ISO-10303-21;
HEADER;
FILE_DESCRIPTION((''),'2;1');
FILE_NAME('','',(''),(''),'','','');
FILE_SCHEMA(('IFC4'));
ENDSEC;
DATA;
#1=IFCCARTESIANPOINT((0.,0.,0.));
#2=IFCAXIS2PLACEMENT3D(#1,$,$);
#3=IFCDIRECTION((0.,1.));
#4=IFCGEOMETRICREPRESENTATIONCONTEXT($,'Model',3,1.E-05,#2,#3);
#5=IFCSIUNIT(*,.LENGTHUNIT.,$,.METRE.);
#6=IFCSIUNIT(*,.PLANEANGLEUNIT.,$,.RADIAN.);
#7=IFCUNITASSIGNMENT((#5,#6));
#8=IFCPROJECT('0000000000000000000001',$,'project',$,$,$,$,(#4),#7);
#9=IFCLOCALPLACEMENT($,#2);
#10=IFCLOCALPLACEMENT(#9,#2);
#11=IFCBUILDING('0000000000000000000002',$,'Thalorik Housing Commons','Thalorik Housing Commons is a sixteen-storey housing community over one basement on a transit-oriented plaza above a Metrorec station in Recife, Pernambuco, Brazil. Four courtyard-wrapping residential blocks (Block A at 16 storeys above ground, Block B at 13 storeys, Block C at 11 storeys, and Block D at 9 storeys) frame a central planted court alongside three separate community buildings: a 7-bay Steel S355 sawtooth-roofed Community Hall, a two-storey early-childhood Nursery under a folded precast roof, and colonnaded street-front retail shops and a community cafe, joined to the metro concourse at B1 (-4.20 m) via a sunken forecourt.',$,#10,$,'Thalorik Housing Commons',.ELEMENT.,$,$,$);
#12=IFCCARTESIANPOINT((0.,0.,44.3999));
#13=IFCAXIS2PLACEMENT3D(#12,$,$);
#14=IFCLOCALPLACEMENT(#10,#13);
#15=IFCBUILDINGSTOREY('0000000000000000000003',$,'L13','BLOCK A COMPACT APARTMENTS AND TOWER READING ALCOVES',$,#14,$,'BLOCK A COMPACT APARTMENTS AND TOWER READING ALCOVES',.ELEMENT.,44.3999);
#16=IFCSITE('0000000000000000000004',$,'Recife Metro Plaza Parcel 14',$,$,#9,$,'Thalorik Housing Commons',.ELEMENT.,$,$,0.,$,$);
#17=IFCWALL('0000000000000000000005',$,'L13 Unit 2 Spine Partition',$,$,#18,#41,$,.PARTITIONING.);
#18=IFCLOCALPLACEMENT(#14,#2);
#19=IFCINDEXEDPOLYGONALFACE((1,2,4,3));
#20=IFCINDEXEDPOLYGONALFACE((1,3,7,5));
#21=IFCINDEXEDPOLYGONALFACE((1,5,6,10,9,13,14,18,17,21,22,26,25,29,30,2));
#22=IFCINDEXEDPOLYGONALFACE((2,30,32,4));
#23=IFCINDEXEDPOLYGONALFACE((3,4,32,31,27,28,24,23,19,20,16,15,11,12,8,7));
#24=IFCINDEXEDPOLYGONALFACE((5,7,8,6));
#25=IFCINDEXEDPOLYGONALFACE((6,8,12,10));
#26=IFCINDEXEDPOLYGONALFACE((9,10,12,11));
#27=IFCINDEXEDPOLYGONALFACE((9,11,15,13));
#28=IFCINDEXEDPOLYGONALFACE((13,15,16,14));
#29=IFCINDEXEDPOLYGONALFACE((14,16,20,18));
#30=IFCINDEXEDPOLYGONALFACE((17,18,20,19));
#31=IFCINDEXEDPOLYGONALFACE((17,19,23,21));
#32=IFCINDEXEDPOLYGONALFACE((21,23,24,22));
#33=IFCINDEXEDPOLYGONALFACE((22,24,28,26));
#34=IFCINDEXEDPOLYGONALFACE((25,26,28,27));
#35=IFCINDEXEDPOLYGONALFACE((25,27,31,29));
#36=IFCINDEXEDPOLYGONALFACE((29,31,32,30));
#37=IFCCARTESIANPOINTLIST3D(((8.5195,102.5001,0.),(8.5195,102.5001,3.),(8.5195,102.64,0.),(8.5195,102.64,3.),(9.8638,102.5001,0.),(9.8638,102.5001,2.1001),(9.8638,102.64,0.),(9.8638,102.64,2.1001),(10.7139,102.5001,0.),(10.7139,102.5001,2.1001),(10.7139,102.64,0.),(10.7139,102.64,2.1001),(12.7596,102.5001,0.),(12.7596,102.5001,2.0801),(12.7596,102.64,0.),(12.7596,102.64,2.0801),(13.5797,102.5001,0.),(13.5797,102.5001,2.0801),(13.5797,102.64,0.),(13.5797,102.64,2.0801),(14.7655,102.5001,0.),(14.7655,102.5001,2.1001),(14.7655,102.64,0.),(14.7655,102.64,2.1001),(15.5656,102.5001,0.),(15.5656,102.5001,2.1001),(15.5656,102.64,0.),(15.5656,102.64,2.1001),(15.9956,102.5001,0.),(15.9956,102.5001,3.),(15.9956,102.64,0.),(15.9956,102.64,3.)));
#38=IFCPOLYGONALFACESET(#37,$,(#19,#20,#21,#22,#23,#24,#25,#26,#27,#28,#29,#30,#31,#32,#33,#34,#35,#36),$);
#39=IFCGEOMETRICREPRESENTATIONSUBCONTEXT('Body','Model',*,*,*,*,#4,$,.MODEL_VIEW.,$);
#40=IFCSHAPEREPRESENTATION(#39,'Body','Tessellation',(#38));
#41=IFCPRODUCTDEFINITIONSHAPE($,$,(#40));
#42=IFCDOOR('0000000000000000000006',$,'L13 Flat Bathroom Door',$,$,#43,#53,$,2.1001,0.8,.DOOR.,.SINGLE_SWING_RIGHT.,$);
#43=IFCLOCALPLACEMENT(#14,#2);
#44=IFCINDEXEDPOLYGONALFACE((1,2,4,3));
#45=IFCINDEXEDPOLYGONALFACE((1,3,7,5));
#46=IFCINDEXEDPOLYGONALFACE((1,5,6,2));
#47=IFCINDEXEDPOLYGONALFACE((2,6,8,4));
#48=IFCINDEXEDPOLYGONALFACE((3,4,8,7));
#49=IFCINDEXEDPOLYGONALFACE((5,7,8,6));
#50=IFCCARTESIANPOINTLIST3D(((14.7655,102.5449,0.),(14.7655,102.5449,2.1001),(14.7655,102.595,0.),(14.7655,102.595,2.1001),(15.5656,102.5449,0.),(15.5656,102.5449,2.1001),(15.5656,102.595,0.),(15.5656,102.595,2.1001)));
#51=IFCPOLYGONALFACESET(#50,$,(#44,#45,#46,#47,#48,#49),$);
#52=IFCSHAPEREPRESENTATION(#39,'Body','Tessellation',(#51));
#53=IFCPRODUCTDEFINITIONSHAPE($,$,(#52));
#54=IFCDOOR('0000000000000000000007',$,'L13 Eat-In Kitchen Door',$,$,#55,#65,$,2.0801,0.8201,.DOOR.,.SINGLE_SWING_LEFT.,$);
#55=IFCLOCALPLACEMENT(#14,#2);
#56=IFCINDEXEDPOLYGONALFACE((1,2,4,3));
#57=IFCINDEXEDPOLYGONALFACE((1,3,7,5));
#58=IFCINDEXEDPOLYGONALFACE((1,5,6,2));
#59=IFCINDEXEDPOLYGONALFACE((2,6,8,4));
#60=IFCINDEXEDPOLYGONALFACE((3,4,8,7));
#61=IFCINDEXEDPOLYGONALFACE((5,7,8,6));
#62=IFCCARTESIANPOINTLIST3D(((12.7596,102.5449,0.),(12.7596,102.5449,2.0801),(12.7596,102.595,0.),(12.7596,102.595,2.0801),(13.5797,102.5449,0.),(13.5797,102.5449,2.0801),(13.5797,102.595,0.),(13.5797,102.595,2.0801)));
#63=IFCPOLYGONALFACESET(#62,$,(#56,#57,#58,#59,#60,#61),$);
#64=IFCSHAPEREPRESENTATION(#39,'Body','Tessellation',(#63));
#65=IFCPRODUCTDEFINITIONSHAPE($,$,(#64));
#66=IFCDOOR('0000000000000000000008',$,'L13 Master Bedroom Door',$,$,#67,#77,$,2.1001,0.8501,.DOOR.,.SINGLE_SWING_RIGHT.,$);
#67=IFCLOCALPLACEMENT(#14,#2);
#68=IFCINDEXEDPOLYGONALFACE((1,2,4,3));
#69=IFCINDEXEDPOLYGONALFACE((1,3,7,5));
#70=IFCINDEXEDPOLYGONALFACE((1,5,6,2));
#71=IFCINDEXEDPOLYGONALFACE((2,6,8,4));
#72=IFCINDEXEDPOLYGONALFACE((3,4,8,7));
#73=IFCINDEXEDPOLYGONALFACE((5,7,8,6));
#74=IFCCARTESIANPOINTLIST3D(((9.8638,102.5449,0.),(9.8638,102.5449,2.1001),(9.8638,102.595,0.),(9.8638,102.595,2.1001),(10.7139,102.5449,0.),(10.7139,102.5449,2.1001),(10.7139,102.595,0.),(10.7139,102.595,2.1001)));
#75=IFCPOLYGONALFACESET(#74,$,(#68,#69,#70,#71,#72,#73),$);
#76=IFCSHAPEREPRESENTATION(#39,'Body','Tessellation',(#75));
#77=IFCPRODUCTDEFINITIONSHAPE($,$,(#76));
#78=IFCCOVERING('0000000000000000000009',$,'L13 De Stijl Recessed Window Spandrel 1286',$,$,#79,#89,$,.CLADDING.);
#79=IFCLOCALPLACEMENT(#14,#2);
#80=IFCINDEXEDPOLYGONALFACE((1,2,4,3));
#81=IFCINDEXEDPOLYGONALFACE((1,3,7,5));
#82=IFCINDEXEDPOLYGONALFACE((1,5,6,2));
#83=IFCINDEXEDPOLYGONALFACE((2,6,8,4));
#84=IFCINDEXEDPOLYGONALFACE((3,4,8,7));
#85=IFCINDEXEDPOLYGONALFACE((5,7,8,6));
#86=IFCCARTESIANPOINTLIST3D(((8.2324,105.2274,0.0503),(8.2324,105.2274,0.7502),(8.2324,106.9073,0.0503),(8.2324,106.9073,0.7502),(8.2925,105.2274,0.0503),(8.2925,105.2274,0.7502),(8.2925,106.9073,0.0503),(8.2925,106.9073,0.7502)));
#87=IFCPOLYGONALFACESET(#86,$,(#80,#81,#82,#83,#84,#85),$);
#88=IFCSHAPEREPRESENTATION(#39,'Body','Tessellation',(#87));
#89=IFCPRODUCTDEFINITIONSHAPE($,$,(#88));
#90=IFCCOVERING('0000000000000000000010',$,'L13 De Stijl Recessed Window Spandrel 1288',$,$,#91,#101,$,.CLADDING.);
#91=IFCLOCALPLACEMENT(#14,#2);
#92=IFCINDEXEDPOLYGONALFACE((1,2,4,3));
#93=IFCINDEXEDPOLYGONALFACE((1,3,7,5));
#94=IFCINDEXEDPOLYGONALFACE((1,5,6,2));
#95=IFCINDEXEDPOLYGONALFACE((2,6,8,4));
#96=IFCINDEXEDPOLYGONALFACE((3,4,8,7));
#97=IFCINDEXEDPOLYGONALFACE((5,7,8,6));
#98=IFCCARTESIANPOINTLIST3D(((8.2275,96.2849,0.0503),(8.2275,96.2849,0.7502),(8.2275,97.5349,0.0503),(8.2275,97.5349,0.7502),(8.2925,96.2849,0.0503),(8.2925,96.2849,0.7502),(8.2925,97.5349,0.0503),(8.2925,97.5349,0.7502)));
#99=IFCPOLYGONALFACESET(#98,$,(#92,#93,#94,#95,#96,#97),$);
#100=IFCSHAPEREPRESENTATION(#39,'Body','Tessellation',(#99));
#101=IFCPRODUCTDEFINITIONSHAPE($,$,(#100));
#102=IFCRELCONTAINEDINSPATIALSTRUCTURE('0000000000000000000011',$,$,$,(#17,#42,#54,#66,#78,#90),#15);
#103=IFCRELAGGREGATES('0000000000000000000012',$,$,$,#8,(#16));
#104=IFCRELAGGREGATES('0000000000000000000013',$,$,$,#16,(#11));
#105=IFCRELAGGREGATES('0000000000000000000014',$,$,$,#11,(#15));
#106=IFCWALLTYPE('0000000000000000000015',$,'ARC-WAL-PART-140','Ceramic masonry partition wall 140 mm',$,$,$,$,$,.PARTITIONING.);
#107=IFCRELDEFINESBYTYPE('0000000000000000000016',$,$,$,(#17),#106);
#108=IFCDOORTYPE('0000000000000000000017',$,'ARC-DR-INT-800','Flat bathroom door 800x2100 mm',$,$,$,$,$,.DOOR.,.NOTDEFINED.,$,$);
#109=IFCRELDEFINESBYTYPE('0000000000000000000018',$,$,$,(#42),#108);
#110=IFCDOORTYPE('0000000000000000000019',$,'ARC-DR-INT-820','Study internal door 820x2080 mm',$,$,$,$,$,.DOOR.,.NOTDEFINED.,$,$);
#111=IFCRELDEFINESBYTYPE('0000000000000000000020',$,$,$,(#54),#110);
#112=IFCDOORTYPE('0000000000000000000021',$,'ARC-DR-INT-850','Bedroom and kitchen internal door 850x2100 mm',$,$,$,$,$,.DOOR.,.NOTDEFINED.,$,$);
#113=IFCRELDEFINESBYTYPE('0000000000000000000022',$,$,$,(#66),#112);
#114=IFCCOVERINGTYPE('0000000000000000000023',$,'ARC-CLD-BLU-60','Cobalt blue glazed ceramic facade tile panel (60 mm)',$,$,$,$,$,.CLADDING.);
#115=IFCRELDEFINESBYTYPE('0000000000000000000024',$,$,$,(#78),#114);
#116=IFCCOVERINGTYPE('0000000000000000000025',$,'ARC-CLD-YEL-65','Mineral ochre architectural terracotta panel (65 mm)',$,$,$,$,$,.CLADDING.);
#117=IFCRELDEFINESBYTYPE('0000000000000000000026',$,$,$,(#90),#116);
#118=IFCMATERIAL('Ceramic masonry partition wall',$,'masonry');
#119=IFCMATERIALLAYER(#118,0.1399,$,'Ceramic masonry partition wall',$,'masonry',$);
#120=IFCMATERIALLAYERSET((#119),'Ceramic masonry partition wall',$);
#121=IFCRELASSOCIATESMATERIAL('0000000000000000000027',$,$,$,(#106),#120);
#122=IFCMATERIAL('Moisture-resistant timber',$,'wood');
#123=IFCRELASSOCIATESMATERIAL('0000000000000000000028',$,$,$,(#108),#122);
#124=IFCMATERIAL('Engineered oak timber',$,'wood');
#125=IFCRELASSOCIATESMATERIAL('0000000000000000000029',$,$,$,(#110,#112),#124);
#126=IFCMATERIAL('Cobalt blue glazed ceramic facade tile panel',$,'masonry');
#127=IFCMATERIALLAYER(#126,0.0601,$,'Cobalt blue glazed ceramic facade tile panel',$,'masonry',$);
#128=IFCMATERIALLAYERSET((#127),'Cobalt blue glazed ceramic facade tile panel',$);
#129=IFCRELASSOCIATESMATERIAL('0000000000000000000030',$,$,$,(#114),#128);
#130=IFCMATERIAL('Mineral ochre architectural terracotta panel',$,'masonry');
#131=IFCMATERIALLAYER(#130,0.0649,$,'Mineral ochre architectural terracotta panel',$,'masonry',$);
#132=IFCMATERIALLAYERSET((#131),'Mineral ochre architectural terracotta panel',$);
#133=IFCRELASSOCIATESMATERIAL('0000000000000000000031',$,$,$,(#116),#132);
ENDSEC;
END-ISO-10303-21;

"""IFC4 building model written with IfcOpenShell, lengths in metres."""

from ifc_helpers import new_model, si_unit, direction, frame, frame_2d, origin, origin_2d, place, context, subcontext, project, spatial, rectangle, extrude, material, layer, layer_set, type_object, element, fill, save


model = new_model("IFC4")

# Units and contexts
model_context = context("Model", 3, precision=1e-05, world=origin(), true_north=direction((0.0, 1.0)))
body_context = subcontext(model_context, "Body", "Model", "MODEL_VIEW")
ifc_project = project(units=[si_unit("LENGTHUNIT", "METRE"), si_unit("PLANEANGLEUNIT", "RADIAN")], contexts=[model_context])

# Site, building, storey
site_placement = place(None, origin())
site = spatial("IfcSite", under=ifc_project, at=site_placement, Name="Recife Metro Plaza Parcel 14", LongName="Thalorik Housing Commons", CompositionType="ELEMENT", RefElevation=0.0)
building_placement = place(site_placement, origin())
building = spatial("IfcBuilding", under=site, at=building_placement, Name="Thalorik Housing Commons", Description="Thalorik Housing Commons is a sixteen-storey housing community over one basement on a transit-oriented plaza above a Metrorec station in Recife, Pernambuco, Brazil. Four courtyard-wrapping residential blocks (Block A at 16 storeys above ground, Block B at 13 storeys, Block C at 11 storeys, and Block D at 9 storeys) frame a central planted court alongside three separate community buildings: a 7-bay Steel S355 sawtooth-roofed Community Hall, a two-storey early-childhood Nursery under a folded precast roof, and colonnaded street-front retail shops and a community cafe, joined to the metro concourse at B1 (-4.20 m) via a sunken forecourt.", LongName="Thalorik Housing Commons", CompositionType="ELEMENT")
storey_placement = place(building_placement, frame((0.0, 0.0, 44.3999)))
storey = spatial("IfcBuildingStorey", under=building, at=storey_placement, Name="L13", Description="BLOCK A COMPACT APARTMENTS AND TOWER READING ALCOVES", LongName="BLOCK A COMPACT APARTMENTS AND TOWER READING ALCOVES", CompositionType="ELEMENT", Elevation=44.3999)

# Wall, openings, doors
ifc_material_1 = material(Name="Ceramic masonry partition wall", Category="masonry")
ifc_layer_1 = layer(ifc_material_1, 0.1399, Name="Ceramic masonry partition wall", Category="masonry")
ifc_layer_set_1 = layer_set([ifc_layer_1], Name="Ceramic masonry partition wall")
wall_type_1 = type_object("IfcWallType", Name="ARC-WAL-PART-140", Description="Ceramic masonry partition wall 140 mm", PredefinedType="PARTITIONING", material=ifc_layer_set_1)
wall_1_placement = place(storey_placement, frame((8.5195, 102.5701, 0.0), z_axis=(0.0, 0.0, 1.0), x_axis=(1.0, 0.0, 0.0)))
wall_1 = element("IfcWall", 1, at=wall_1_placement, inside=storey, type_object=wall_type_1, Name="L13 Unit 2 Spine Partition", PredefinedType="PARTITIONING", context=body_context, shape_type="SweptSolid", body=[
    extrude(rectangle(XDim=7.4761, YDim=0.1399, at=frame_2d((3.738, 0.0))), origin(), (0.0, 0.0, 1.0), 3.0),
])
opening_1_placement = place(wall_1_placement, frame((1.3442, 0.0, 0.0)))
opening_1 = element("IfcOpeningElement", 2, at=opening_1_placement, cuts=wall_1, PredefinedType="OPENING", context=body_context, shape_type="SweptSolid", body=[
    extrude(rectangle(XDim=0.8501, YDim=2.1001, at=frame_2d((0.425, 1.05))), frame((0.0, 0.0801, 0.0), z_axis=(0.0, -1.0, 0.0), x_axis=(1.0, 0.0, 0.0)), (0.0, 0.0, 1.0), 0.1599),
])
opening_2_placement = place(wall_1_placement, frame((4.24, 0.0, 0.0)))
opening_2 = element("IfcOpeningElement", 3, at=opening_2_placement, cuts=wall_1, PredefinedType="OPENING", context=body_context, shape_type="SweptSolid", body=[
    extrude(rectangle(XDim=0.8201, YDim=2.0801, at=frame_2d((0.4102, 1.04))), frame((0.0, 0.0801, 0.0), z_axis=(0.0, -1.0, 0.0), x_axis=(1.0, 0.0, 0.0)), (0.0, 0.0, 1.0), 0.1599),
])
opening_3_placement = place(wall_1_placement, frame((6.2461, 0.0, 0.0)))
opening_3 = element("IfcOpeningElement", 4, at=opening_3_placement, cuts=wall_1, PredefinedType="OPENING", context=body_context, shape_type="SweptSolid", body=[
    extrude(rectangle(XDim=0.8, YDim=2.1001, at=frame_2d((0.3999, 1.05))), frame((0.0, 0.0801, 0.0), z_axis=(0.0, -1.0, 0.0), x_axis=(1.0, 0.0, 0.0)), (0.0, 0.0, 1.0), 0.1599),
])
ifc_material_2 = material(Name="Moisture-resistant timber", Category="wood")
door_type_1 = type_object("IfcDoorType", Name="ARC-DR-INT-800", Description="Flat bathroom door 800x2100 mm", OperationType="NOTDEFINED", PredefinedType="DOOR", material=ifc_material_2)
door_1_placement = place(opening_3_placement, origin())
door_1 = element("IfcDoor", 5, at=door_1_placement, inside=storey, type_object=door_type_1, Name="L13 Flat Bathroom Door", OperationType="SINGLE_SWING_RIGHT", OverallHeight=2.1001, OverallWidth=0.8, PredefinedType="DOOR", context=body_context, shape_type="SweptSolid", body=[
    extrude(rectangle(XDim=0.8, YDim=2.1001, at=frame_2d((0.3999, 1.05))), frame((0.0, 0.0249, 0.0), z_axis=(0.0, -1.0, 0.0), x_axis=(1.0, 0.0, 0.0)), (0.0, 0.0, 1.0), 0.05),
])
fill(opening_3, door_1)
ifc_material_3 = material(Name="Engineered oak timber", Category="wood")
door_type_2 = type_object("IfcDoorType", Name="ARC-DR-INT-820", Description="Study internal door 820x2080 mm", OperationType="NOTDEFINED", PredefinedType="DOOR", material=ifc_material_3)
door_2_placement = place(opening_2_placement, origin())
door_2 = element("IfcDoor", 6, at=door_2_placement, inside=storey, type_object=door_type_2, Name="L13 Eat-In Kitchen Door", OperationType="SINGLE_SWING_LEFT", OverallHeight=2.0801, OverallWidth=0.8201, PredefinedType="DOOR", context=body_context, shape_type="SweptSolid", body=[
    extrude(rectangle(XDim=0.8201, YDim=2.0801, at=frame_2d((0.4102, 1.04))), frame((0.0, 0.0249, 0.0), z_axis=(0.0, -1.0, 0.0), x_axis=(1.0, 0.0, 0.0)), (0.0, 0.0, 1.0), 0.05),
])
fill(opening_2, door_2)
door_type_3 = type_object("IfcDoorType", Name="ARC-DR-INT-850", Description="Bedroom and kitchen internal door 850x2100 mm", OperationType="NOTDEFINED", PredefinedType="DOOR", material=ifc_material_3)
door_3_placement = place(opening_1_placement, origin())
door_3 = element("IfcDoor", 7, at=door_3_placement, inside=storey, type_object=door_type_3, Name="L13 Master Bedroom Door", OperationType="SINGLE_SWING_RIGHT", OverallHeight=2.1001, OverallWidth=0.8501, PredefinedType="DOOR", context=body_context, shape_type="SweptSolid", body=[
    extrude(rectangle(XDim=0.8501, YDim=2.1001, at=frame_2d((0.425, 1.05))), frame((0.0, 0.0249, 0.0), z_axis=(0.0, -1.0, 0.0), x_axis=(1.0, 0.0, 0.0)), (0.0, 0.0, 1.0), 0.05),
])
fill(opening_1, door_3)

# Coverings
ifc_material_4 = material(Name="Cobalt blue glazed ceramic facade tile panel", Category="masonry")
ifc_layer_2 = layer(ifc_material_4, 0.0601, Name="Cobalt blue glazed ceramic facade tile panel", Category="masonry")
ifc_layer_set_2 = layer_set([ifc_layer_2], Name="Cobalt blue glazed ceramic facade tile panel")
covering_type_1 = type_object("IfcCoveringType", Name="ARC-CLD-BLU-60", Description="Cobalt blue glazed ceramic facade tile panel (60 mm)", PredefinedType="CLADDING", material=ifc_layer_set_2)
covering_1_placement = place(storey_placement, frame((8.2625, 106.0674, 0.0503), z_axis=(0.0, 0.0, 1.0), x_axis=(0.0, -1.0, 0.0)))
element("IfcCovering", 8, at=covering_1_placement, inside=storey, type_object=covering_type_1, Name="L13 De Stijl Recessed Window Spandrel 1286", PredefinedType="CLADDING", context=body_context, shape_type="SweptSolid", body=[
    extrude(rectangle(XDim=1.6799, YDim=0.0601, at=origin_2d()), origin(), (0.0, 0.0, 1.0), 0.7),
])
ifc_material_5 = material(Name="Mineral ochre architectural terracotta panel", Category="masonry")
ifc_layer_3 = layer(ifc_material_5, 0.0649, Name="Mineral ochre architectural terracotta panel", Category="masonry")
ifc_layer_set_3 = layer_set([ifc_layer_3], Name="Mineral ochre architectural terracotta panel")
covering_type_2 = type_object("IfcCoveringType", Name="ARC-CLD-YEL-65", Description="Mineral ochre architectural terracotta panel (65 mm)", PredefinedType="CLADDING", material=ifc_layer_set_3)
covering_2_placement = place(storey_placement, frame((8.26, 96.9099, 0.0503), z_axis=(0.0, 0.0, 1.0), x_axis=(0.0, -1.0, 0.0)))
element("IfcCovering", 9, at=covering_2_placement, inside=storey, type_object=covering_type_2, Name="L13 De Stijl Recessed Window Spandrel 1288", PredefinedType="CLADDING", context=body_context, shape_type="SweptSolid", body=[
    extrude(rectangle(XDim=1.25, YDim=0.0649, at=origin_2d()), origin(), (0.0, 0.0, 1.0), 0.7),
])

save(model, "model.ifc")
